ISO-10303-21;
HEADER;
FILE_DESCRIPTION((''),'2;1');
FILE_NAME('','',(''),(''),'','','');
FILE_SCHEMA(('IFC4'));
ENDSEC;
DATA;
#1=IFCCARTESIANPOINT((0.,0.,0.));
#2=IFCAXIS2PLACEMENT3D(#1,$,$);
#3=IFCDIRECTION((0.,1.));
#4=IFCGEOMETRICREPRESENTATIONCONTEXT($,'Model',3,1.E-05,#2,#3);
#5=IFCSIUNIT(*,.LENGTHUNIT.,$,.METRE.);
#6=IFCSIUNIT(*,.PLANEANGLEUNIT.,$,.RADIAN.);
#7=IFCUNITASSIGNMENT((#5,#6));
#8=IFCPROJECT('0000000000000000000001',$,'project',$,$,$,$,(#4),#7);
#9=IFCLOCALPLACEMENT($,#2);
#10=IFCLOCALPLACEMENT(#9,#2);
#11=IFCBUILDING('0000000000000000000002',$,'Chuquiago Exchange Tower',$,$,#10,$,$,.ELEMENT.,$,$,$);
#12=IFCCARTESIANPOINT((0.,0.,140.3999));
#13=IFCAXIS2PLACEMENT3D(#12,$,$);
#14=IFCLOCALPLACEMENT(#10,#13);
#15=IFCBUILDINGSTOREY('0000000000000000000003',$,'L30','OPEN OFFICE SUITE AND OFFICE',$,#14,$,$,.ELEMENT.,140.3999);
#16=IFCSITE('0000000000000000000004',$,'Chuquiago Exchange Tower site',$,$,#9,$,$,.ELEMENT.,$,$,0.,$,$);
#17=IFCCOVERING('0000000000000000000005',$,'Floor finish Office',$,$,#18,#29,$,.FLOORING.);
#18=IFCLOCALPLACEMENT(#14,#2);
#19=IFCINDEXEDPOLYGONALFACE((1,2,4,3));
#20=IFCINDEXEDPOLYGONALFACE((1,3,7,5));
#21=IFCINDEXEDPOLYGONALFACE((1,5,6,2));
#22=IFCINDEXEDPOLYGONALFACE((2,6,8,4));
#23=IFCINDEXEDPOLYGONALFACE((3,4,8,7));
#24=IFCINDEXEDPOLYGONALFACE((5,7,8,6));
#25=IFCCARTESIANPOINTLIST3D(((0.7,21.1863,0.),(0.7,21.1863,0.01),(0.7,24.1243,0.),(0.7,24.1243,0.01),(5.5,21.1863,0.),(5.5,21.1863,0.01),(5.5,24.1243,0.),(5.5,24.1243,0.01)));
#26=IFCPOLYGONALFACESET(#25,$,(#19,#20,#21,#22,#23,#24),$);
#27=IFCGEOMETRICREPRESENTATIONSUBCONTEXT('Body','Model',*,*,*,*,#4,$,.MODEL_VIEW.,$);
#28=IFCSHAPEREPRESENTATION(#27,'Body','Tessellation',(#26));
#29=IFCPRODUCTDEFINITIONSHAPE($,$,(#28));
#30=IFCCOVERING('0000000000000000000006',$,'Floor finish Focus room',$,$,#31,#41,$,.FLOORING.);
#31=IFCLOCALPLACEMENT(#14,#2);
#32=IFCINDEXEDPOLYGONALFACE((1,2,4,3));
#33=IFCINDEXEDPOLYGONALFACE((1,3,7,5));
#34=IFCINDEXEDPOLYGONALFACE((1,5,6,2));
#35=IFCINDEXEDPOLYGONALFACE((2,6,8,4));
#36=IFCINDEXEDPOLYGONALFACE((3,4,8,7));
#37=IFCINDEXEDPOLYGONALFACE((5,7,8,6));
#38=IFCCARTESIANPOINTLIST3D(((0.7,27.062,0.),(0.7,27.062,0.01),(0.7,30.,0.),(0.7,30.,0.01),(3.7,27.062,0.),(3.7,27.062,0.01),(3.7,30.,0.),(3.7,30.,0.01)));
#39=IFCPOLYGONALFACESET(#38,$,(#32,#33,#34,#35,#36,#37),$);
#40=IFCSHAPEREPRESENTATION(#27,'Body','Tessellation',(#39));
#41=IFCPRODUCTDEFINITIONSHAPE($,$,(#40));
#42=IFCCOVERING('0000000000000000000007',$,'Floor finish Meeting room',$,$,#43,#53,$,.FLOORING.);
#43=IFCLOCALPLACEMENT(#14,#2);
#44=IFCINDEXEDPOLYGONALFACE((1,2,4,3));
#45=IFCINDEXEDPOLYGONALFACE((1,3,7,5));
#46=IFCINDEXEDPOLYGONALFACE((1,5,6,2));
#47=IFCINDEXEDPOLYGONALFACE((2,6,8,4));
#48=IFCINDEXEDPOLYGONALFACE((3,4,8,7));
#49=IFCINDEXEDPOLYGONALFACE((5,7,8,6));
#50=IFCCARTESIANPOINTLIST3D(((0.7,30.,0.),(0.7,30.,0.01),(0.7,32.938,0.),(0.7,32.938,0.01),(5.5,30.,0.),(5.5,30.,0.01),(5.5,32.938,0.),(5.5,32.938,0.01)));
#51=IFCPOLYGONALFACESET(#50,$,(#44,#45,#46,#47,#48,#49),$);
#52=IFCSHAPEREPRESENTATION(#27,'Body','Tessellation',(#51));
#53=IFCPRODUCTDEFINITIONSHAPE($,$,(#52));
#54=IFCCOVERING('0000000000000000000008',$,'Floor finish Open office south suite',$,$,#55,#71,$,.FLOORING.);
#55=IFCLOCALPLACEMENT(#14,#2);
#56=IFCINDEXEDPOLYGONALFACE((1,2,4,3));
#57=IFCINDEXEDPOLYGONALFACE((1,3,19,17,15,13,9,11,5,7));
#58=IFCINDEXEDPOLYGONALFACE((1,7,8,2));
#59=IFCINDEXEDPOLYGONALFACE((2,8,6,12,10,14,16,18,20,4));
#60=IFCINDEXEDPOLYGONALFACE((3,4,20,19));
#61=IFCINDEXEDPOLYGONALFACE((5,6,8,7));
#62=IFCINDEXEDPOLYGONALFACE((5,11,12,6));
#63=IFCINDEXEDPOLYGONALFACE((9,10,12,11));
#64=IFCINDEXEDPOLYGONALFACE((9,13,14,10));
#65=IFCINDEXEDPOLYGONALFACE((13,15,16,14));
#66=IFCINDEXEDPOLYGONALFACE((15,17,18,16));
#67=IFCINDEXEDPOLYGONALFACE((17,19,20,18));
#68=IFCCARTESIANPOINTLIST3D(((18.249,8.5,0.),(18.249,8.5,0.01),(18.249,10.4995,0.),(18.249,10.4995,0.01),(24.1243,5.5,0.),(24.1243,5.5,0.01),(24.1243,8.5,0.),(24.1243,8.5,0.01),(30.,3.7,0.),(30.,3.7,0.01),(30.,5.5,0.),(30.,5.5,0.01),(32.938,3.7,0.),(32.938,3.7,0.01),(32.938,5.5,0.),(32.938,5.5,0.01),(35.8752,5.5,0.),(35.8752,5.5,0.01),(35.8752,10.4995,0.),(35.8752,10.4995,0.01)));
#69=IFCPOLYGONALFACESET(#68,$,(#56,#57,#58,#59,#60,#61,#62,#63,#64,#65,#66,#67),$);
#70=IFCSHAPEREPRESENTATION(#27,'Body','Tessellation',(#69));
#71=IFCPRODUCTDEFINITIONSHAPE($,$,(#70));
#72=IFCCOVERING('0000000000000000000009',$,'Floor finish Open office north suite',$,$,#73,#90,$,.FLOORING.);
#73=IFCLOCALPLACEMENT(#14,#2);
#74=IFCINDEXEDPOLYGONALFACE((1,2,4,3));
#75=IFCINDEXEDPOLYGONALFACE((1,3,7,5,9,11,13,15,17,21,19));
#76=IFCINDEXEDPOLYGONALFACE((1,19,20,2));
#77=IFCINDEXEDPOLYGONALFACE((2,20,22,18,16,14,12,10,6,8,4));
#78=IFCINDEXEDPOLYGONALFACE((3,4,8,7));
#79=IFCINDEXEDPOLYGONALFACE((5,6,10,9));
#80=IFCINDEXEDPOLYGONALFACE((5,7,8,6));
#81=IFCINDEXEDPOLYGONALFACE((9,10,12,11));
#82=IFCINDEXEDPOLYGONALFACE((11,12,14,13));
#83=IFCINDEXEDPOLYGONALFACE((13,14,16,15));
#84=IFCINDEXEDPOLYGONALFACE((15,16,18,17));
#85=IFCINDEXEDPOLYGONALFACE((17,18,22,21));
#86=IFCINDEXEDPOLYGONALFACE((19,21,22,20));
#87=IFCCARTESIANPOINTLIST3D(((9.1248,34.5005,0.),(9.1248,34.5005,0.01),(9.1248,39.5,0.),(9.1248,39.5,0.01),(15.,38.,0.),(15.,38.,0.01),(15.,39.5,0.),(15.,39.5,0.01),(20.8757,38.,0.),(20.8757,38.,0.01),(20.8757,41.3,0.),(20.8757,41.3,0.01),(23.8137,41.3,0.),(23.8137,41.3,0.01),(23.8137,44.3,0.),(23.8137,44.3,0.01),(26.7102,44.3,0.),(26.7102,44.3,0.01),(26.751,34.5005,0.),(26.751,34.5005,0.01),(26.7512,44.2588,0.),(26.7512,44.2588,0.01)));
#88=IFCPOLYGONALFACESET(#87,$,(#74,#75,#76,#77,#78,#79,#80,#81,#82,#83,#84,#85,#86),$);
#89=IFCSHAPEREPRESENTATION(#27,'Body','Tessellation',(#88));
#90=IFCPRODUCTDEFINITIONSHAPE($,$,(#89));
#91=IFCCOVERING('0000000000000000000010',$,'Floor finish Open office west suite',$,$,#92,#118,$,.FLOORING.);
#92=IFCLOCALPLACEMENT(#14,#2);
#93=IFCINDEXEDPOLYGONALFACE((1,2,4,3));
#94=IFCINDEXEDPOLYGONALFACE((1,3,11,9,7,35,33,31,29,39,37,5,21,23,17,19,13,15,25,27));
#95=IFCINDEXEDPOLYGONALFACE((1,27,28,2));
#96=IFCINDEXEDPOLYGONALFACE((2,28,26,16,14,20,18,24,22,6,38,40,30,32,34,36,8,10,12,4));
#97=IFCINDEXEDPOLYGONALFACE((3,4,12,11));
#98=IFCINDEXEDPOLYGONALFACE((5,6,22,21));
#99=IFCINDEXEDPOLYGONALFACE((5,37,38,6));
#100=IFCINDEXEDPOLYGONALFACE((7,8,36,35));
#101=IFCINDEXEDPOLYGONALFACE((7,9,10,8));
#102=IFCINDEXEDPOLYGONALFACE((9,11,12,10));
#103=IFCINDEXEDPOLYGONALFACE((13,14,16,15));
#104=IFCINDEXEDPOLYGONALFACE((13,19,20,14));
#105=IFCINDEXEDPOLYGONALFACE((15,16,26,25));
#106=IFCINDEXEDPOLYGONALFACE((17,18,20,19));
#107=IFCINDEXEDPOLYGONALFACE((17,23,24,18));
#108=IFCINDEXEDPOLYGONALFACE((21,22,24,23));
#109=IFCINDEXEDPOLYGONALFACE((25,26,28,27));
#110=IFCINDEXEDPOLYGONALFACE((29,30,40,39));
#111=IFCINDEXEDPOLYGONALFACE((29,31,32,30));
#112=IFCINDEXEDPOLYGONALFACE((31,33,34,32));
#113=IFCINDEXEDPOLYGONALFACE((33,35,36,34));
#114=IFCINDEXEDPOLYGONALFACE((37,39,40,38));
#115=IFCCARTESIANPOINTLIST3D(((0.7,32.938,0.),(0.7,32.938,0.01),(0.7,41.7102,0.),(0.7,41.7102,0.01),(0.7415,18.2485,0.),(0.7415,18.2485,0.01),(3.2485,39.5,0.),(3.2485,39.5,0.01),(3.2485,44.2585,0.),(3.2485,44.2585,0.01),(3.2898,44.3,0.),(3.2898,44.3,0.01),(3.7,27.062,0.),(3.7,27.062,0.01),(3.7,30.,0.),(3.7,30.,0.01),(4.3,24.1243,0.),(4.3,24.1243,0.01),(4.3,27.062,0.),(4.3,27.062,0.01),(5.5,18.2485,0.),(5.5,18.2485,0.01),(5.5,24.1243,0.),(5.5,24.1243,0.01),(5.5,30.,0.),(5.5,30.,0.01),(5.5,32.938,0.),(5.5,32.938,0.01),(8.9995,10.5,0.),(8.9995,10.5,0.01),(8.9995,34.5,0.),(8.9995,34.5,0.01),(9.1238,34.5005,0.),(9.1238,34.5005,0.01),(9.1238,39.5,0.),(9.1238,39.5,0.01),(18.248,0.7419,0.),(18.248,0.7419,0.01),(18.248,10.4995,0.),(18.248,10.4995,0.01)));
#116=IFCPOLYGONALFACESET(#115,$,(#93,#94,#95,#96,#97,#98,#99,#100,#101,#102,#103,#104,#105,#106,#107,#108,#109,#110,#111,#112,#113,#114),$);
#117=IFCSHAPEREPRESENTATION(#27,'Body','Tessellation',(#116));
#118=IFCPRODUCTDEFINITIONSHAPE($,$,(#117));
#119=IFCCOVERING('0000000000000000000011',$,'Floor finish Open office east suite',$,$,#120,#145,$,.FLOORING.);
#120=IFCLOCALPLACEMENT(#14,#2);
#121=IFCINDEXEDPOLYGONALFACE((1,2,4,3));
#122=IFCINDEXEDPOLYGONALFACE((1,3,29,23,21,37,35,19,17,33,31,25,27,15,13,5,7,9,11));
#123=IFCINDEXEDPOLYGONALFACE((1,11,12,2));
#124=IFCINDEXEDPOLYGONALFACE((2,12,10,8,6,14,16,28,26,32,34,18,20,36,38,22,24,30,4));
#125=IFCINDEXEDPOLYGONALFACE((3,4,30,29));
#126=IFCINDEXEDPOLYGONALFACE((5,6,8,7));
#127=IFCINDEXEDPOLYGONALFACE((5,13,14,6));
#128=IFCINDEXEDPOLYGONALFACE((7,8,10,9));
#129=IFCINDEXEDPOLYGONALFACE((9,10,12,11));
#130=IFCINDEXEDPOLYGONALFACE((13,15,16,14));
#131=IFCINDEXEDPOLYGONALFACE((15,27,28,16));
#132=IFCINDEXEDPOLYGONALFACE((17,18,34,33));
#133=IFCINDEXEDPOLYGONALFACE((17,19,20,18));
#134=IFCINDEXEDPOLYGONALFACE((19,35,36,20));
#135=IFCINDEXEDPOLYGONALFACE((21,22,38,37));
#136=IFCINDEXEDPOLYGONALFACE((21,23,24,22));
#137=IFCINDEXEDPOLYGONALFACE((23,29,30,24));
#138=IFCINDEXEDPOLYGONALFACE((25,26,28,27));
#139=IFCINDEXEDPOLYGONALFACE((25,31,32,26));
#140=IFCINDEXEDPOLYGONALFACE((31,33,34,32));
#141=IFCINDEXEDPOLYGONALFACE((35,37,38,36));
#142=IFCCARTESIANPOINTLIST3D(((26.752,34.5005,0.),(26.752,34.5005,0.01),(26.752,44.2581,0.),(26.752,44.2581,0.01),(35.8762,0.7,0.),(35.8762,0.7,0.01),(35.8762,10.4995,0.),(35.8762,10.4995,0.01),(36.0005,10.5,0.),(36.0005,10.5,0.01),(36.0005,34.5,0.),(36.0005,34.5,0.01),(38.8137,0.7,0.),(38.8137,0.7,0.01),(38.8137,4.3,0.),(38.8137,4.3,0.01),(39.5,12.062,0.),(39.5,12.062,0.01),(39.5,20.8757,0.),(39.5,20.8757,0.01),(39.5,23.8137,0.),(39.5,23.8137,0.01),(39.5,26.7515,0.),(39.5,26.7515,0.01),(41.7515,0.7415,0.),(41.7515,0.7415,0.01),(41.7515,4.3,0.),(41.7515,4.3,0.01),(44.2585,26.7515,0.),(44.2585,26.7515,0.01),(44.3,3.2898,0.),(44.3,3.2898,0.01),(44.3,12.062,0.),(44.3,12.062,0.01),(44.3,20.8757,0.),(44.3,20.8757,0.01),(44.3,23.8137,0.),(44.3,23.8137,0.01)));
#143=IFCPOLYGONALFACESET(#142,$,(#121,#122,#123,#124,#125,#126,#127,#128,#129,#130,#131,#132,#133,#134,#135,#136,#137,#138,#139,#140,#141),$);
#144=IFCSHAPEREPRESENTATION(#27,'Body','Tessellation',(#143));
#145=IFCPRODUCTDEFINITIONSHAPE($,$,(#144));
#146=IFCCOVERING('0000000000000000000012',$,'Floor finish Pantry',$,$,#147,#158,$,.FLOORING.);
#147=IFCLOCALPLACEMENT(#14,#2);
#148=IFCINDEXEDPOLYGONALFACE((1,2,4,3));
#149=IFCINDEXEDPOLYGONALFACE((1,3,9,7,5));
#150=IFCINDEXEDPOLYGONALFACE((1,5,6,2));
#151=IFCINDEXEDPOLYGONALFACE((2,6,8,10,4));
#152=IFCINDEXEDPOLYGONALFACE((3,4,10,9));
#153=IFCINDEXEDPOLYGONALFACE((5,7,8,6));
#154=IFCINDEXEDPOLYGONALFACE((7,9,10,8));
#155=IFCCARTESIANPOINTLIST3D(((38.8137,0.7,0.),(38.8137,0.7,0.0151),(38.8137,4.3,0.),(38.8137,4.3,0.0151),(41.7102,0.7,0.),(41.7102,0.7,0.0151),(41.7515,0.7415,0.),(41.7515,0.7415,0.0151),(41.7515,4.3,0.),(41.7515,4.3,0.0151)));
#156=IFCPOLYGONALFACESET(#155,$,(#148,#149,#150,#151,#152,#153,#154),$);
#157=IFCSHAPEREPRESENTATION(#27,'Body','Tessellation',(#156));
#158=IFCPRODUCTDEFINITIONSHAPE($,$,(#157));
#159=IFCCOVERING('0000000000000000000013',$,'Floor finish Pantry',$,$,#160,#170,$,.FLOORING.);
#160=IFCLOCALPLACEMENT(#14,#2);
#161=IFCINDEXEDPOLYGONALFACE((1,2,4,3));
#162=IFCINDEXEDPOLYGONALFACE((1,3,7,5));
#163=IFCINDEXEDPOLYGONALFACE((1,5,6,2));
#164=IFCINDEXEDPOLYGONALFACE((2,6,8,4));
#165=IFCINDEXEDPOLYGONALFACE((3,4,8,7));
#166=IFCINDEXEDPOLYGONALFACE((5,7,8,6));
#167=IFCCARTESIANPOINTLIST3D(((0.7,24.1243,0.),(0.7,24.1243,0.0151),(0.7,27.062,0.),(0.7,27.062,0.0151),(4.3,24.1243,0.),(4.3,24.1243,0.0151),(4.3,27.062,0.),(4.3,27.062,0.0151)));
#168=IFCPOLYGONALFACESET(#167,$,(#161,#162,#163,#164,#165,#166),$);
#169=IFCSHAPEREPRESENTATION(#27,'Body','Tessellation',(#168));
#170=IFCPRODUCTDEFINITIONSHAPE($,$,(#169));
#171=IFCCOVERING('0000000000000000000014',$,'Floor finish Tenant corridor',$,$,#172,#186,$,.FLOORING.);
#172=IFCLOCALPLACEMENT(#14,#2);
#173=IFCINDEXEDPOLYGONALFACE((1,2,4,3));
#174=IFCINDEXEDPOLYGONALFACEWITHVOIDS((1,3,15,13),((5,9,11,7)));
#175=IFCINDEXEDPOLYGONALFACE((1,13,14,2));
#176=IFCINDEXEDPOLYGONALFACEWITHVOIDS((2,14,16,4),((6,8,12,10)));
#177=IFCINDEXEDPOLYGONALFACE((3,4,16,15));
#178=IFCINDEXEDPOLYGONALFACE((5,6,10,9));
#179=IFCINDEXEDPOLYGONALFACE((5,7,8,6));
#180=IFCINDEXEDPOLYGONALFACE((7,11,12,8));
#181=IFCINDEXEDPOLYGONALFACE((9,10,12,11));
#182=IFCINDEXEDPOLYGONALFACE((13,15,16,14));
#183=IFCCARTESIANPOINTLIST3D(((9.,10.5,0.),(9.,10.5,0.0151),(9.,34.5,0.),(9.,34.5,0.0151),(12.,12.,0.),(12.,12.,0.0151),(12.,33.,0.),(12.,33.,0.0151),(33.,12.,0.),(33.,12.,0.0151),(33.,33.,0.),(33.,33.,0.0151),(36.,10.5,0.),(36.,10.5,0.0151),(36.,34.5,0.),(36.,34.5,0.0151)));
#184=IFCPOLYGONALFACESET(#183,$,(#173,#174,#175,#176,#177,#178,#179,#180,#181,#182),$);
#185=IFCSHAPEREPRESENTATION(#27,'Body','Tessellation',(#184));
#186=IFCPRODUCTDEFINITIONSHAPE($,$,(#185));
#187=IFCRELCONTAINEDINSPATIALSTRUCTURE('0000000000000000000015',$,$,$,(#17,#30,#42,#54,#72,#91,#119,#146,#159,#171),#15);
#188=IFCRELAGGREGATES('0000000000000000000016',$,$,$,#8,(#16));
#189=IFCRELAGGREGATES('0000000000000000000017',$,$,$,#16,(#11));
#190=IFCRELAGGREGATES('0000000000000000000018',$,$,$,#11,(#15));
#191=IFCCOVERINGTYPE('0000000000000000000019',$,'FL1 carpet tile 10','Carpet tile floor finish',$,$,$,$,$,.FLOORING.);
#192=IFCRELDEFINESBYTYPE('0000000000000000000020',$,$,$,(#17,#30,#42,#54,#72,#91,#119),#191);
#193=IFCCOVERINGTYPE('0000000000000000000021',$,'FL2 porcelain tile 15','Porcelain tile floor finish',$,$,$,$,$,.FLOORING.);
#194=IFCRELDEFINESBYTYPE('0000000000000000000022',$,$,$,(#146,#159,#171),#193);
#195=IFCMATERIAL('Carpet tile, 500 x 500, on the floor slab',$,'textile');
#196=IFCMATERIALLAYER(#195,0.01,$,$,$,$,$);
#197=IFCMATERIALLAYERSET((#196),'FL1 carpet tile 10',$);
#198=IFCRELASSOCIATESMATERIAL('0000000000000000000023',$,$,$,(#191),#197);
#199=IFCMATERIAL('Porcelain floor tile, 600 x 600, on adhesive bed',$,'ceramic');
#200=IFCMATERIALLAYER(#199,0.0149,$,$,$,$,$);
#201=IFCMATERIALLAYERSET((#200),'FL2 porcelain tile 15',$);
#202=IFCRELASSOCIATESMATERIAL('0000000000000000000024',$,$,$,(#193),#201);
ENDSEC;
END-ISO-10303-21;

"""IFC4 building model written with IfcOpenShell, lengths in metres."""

from ifc_helpers import new_model, si_unit, direction, frame, origin, place, context, subcontext, project, spatial, polyline, outline, extrude, material, layer, layer_set, type_object, element, save


model = new_model("IFC4")

# Units and contexts
model_context = context("Model", 3, precision=1e-05, world=origin(), true_north=direction((0.0, 1.0)))
body_context = subcontext(model_context, "Body", "Model", "MODEL_VIEW")
ifc_project = project(units=[si_unit("LENGTHUNIT", "METRE"), si_unit("PLANEANGLEUNIT", "RADIAN")], contexts=[model_context])

# Site, building, storey
site_placement = place(None, origin())
site = spatial("IfcSite", under=ifc_project, at=site_placement, Name="Chuquiago Exchange Tower site", CompositionType="ELEMENT", RefElevation=0.0)
building_placement = place(site_placement, origin())
building = spatial("IfcBuilding", under=site, at=building_placement, Name="Chuquiago Exchange Tower", CompositionType="ELEMENT")
storey_placement = place(building_placement, frame((0.0, 0.0, 140.3999)))
storey = spatial("IfcBuildingStorey", under=building, at=storey_placement, Name="L30", Description="OPEN OFFICE SUITE AND OFFICE", CompositionType="ELEMENT", Elevation=140.3999)

# Coverings
ifc_material_1 = material(Name="Carpet tile, 500 x 500, on the floor slab", Category="textile")
ifc_layer_1 = layer(ifc_material_1, 0.01)
ifc_layer_set_1 = layer_set([ifc_layer_1], Name="FL1 carpet tile 10")
covering_type_1 = type_object("IfcCoveringType", Name="FL1 carpet tile 10", Description="Carpet tile floor finish", PredefinedType="FLOORING", material=ifc_layer_set_1)
covering_1_placement = place(storey_placement, origin())
element("IfcCovering", 1, at=covering_1_placement, inside=storey, type_object=covering_type_1, Name="Floor finish Office", PredefinedType="FLOORING", context=body_context, shape_type="SweptSolid", body=[
    extrude(outline(polyline([(0.7, 24.1243), (5.5, 24.1243), (5.5, 21.1863), (0.7, 21.1863), (0.7, 24.1243)])), origin(), (0.0, 0.0, 1.0), 0.01),
])
covering_2_placement = place(storey_placement, origin())
element("IfcCovering", 2, at=covering_2_placement, inside=storey, type_object=covering_type_1, Name="Floor finish Focus room", PredefinedType="FLOORING", context=body_context, shape_type="SweptSolid", body=[
    extrude(outline(polyline([(0.7, 30.0), (3.7, 30.0), (3.7, 27.062), (0.7, 27.062), (0.7, 30.0)])), origin(), (0.0, 0.0, 1.0), 0.01),
])
covering_3_placement = place(storey_placement, origin())
element("IfcCovering", 3, at=covering_3_placement, inside=storey, type_object=covering_type_1, Name="Floor finish Meeting room", PredefinedType="FLOORING", context=body_context, shape_type="SweptSolid", body=[
    extrude(outline(polyline([(0.7, 32.938), (5.5, 32.938), (5.5, 30.0), (0.7, 30.0), (0.7, 32.938)])), origin(), (0.0, 0.0, 1.0), 0.01),
])
covering_4_placement = place(storey_placement, origin())
element("IfcCovering", 4, at=covering_4_placement, inside=storey, type_object=covering_type_1, Name="Floor finish Open office south suite", PredefinedType="FLOORING", context=body_context, shape_type="SweptSolid", body=[
    extrude(outline(polyline([(32.938, 5.5), (32.938, 3.7), (30.0, 3.7), (30.0, 5.5), (24.1243, 5.5), (24.1243, 8.5), (18.249, 8.5), (18.249, 10.4995), (35.8752, 10.4995), (35.8752, 5.5), (32.938, 5.5)])), origin(), (0.0, 0.0, 1.0), 0.01),
])
covering_5_placement = place(storey_placement, origin())
element("IfcCovering", 5, at=covering_5_placement, inside=storey, type_object=covering_type_1, Name="Floor finish Open office north suite", PredefinedType="FLOORING", context=body_context, shape_type="SweptSolid", body=[
    extrude(outline(polyline([(9.1248, 39.5), (15.0, 39.5), (15.0, 38.0), (20.8757, 38.0), (20.8757, 41.3), (23.8137, 41.3), (23.8137, 44.3), (26.7102, 44.3), (26.7512, 44.2588), (26.751, 34.5005), (9.1248, 34.5005), (9.1248, 39.5)])), origin(), (0.0, 0.0, 1.0), 0.01),
])
covering_6_placement = place(storey_placement, origin())
element("IfcCovering", 6, at=covering_6_placement, inside=storey, type_object=covering_type_1, Name="Floor finish Open office west suite", PredefinedType="FLOORING", context=body_context, shape_type="SweptSolid", body=[
    extrude(outline(polyline([(3.2485, 44.2585), (3.2485, 39.5), (9.1238, 39.5), (9.1238, 34.5005), (8.9995, 34.5), (8.9995, 10.5), (18.248, 10.4995), (18.248, 0.7419), (0.7415, 18.2485), (5.5, 18.2485), (5.5, 24.1243), (4.3, 24.1243), (4.3, 27.062), (3.7, 27.062), (3.7, 30.0), (5.5, 30.0), (5.5, 32.938), (0.7, 32.938), (0.7, 41.7102), (3.2898, 44.3), (3.2485, 44.2585)])), origin(), (0.0, 0.0, 1.0), 0.01),
])
covering_7_placement = place(storey_placement, origin())
element("IfcCovering", 7, at=covering_7_placement, inside=storey, type_object=covering_type_1, Name="Floor finish Open office east suite", PredefinedType="FLOORING", context=body_context, shape_type="SweptSolid", body=[
    extrude(outline(polyline([(44.2585, 26.7515), (39.5, 26.7515), (39.5, 23.8137), (44.3, 23.8137), (44.3, 20.8757), (39.5, 20.8757), (39.5, 12.062), (44.3, 12.062), (44.3, 3.2898), (41.7515, 0.7415), (41.7515, 4.3), (38.8137, 4.3), (38.8137, 0.7), (35.8762, 0.7), (35.8762, 10.4995), (36.0005, 10.5), (36.0005, 34.5), (26.752, 34.5005), (26.752, 44.2581), (44.2585, 26.7515)])), origin(), (0.0, 0.0, 1.0), 0.01),
])
ifc_material_2 = material(Name="Porcelain floor tile, 600 x 600, on adhesive bed", Category="ceramic")
ifc_layer_2 = layer(ifc_material_2, 0.0149)
ifc_layer_set_2 = layer_set([ifc_layer_2], Name="FL2 porcelain tile 15")
covering_type_2 = type_object("IfcCoveringType", Name="FL2 porcelain tile 15", Description="Porcelain tile floor finish", PredefinedType="FLOORING", material=ifc_layer_set_2)
covering_8_placement = place(storey_placement, origin())
element("IfcCovering", 8, at=covering_8_placement, inside=storey, type_object=covering_type_2, Name="Floor finish Pantry", PredefinedType="FLOORING", context=body_context, shape_type="SweptSolid", body=[
    extrude(outline(polyline([(41.7102, 0.7), (38.8137, 0.7), (38.8137, 4.3), (41.7515, 4.3), (41.7515, 0.7415), (41.7102, 0.7)])), origin(), (0.0, 0.0, 1.0), 0.0151),
])
covering_9_placement = place(storey_placement, origin())
element("IfcCovering", 9, at=covering_9_placement, inside=storey, type_object=covering_type_2, Name="Floor finish Pantry", PredefinedType="FLOORING", context=body_context, shape_type="SweptSolid", body=[
    extrude(outline(polyline([(0.7, 27.062), (4.3, 27.062), (4.3, 24.1243), (0.7, 24.1243), (0.7, 27.062)])), origin(), (0.0, 0.0, 1.0), 0.0151),
])
covering_10_placement = place(storey_placement, origin())
element("IfcCovering", 10, at=covering_10_placement, inside=storey, type_object=covering_type_2, Name="Floor finish Tenant corridor", PredefinedType="FLOORING", context=body_context, shape_type="SweptSolid", body=[
    extrude(outline(polyline([(9.0, 10.5), (9.0, 34.5), (36.0, 34.5), (36.0, 10.5), (9.0, 10.5)]), holes=[polyline([(12.0, 33.0), (12.0, 12.0), (33.0, 12.0), (33.0, 33.0), (12.0, 33.0)])]), origin(), (0.0, 0.0, 1.0), 0.0151),
])

save(model, "model.ifc")
